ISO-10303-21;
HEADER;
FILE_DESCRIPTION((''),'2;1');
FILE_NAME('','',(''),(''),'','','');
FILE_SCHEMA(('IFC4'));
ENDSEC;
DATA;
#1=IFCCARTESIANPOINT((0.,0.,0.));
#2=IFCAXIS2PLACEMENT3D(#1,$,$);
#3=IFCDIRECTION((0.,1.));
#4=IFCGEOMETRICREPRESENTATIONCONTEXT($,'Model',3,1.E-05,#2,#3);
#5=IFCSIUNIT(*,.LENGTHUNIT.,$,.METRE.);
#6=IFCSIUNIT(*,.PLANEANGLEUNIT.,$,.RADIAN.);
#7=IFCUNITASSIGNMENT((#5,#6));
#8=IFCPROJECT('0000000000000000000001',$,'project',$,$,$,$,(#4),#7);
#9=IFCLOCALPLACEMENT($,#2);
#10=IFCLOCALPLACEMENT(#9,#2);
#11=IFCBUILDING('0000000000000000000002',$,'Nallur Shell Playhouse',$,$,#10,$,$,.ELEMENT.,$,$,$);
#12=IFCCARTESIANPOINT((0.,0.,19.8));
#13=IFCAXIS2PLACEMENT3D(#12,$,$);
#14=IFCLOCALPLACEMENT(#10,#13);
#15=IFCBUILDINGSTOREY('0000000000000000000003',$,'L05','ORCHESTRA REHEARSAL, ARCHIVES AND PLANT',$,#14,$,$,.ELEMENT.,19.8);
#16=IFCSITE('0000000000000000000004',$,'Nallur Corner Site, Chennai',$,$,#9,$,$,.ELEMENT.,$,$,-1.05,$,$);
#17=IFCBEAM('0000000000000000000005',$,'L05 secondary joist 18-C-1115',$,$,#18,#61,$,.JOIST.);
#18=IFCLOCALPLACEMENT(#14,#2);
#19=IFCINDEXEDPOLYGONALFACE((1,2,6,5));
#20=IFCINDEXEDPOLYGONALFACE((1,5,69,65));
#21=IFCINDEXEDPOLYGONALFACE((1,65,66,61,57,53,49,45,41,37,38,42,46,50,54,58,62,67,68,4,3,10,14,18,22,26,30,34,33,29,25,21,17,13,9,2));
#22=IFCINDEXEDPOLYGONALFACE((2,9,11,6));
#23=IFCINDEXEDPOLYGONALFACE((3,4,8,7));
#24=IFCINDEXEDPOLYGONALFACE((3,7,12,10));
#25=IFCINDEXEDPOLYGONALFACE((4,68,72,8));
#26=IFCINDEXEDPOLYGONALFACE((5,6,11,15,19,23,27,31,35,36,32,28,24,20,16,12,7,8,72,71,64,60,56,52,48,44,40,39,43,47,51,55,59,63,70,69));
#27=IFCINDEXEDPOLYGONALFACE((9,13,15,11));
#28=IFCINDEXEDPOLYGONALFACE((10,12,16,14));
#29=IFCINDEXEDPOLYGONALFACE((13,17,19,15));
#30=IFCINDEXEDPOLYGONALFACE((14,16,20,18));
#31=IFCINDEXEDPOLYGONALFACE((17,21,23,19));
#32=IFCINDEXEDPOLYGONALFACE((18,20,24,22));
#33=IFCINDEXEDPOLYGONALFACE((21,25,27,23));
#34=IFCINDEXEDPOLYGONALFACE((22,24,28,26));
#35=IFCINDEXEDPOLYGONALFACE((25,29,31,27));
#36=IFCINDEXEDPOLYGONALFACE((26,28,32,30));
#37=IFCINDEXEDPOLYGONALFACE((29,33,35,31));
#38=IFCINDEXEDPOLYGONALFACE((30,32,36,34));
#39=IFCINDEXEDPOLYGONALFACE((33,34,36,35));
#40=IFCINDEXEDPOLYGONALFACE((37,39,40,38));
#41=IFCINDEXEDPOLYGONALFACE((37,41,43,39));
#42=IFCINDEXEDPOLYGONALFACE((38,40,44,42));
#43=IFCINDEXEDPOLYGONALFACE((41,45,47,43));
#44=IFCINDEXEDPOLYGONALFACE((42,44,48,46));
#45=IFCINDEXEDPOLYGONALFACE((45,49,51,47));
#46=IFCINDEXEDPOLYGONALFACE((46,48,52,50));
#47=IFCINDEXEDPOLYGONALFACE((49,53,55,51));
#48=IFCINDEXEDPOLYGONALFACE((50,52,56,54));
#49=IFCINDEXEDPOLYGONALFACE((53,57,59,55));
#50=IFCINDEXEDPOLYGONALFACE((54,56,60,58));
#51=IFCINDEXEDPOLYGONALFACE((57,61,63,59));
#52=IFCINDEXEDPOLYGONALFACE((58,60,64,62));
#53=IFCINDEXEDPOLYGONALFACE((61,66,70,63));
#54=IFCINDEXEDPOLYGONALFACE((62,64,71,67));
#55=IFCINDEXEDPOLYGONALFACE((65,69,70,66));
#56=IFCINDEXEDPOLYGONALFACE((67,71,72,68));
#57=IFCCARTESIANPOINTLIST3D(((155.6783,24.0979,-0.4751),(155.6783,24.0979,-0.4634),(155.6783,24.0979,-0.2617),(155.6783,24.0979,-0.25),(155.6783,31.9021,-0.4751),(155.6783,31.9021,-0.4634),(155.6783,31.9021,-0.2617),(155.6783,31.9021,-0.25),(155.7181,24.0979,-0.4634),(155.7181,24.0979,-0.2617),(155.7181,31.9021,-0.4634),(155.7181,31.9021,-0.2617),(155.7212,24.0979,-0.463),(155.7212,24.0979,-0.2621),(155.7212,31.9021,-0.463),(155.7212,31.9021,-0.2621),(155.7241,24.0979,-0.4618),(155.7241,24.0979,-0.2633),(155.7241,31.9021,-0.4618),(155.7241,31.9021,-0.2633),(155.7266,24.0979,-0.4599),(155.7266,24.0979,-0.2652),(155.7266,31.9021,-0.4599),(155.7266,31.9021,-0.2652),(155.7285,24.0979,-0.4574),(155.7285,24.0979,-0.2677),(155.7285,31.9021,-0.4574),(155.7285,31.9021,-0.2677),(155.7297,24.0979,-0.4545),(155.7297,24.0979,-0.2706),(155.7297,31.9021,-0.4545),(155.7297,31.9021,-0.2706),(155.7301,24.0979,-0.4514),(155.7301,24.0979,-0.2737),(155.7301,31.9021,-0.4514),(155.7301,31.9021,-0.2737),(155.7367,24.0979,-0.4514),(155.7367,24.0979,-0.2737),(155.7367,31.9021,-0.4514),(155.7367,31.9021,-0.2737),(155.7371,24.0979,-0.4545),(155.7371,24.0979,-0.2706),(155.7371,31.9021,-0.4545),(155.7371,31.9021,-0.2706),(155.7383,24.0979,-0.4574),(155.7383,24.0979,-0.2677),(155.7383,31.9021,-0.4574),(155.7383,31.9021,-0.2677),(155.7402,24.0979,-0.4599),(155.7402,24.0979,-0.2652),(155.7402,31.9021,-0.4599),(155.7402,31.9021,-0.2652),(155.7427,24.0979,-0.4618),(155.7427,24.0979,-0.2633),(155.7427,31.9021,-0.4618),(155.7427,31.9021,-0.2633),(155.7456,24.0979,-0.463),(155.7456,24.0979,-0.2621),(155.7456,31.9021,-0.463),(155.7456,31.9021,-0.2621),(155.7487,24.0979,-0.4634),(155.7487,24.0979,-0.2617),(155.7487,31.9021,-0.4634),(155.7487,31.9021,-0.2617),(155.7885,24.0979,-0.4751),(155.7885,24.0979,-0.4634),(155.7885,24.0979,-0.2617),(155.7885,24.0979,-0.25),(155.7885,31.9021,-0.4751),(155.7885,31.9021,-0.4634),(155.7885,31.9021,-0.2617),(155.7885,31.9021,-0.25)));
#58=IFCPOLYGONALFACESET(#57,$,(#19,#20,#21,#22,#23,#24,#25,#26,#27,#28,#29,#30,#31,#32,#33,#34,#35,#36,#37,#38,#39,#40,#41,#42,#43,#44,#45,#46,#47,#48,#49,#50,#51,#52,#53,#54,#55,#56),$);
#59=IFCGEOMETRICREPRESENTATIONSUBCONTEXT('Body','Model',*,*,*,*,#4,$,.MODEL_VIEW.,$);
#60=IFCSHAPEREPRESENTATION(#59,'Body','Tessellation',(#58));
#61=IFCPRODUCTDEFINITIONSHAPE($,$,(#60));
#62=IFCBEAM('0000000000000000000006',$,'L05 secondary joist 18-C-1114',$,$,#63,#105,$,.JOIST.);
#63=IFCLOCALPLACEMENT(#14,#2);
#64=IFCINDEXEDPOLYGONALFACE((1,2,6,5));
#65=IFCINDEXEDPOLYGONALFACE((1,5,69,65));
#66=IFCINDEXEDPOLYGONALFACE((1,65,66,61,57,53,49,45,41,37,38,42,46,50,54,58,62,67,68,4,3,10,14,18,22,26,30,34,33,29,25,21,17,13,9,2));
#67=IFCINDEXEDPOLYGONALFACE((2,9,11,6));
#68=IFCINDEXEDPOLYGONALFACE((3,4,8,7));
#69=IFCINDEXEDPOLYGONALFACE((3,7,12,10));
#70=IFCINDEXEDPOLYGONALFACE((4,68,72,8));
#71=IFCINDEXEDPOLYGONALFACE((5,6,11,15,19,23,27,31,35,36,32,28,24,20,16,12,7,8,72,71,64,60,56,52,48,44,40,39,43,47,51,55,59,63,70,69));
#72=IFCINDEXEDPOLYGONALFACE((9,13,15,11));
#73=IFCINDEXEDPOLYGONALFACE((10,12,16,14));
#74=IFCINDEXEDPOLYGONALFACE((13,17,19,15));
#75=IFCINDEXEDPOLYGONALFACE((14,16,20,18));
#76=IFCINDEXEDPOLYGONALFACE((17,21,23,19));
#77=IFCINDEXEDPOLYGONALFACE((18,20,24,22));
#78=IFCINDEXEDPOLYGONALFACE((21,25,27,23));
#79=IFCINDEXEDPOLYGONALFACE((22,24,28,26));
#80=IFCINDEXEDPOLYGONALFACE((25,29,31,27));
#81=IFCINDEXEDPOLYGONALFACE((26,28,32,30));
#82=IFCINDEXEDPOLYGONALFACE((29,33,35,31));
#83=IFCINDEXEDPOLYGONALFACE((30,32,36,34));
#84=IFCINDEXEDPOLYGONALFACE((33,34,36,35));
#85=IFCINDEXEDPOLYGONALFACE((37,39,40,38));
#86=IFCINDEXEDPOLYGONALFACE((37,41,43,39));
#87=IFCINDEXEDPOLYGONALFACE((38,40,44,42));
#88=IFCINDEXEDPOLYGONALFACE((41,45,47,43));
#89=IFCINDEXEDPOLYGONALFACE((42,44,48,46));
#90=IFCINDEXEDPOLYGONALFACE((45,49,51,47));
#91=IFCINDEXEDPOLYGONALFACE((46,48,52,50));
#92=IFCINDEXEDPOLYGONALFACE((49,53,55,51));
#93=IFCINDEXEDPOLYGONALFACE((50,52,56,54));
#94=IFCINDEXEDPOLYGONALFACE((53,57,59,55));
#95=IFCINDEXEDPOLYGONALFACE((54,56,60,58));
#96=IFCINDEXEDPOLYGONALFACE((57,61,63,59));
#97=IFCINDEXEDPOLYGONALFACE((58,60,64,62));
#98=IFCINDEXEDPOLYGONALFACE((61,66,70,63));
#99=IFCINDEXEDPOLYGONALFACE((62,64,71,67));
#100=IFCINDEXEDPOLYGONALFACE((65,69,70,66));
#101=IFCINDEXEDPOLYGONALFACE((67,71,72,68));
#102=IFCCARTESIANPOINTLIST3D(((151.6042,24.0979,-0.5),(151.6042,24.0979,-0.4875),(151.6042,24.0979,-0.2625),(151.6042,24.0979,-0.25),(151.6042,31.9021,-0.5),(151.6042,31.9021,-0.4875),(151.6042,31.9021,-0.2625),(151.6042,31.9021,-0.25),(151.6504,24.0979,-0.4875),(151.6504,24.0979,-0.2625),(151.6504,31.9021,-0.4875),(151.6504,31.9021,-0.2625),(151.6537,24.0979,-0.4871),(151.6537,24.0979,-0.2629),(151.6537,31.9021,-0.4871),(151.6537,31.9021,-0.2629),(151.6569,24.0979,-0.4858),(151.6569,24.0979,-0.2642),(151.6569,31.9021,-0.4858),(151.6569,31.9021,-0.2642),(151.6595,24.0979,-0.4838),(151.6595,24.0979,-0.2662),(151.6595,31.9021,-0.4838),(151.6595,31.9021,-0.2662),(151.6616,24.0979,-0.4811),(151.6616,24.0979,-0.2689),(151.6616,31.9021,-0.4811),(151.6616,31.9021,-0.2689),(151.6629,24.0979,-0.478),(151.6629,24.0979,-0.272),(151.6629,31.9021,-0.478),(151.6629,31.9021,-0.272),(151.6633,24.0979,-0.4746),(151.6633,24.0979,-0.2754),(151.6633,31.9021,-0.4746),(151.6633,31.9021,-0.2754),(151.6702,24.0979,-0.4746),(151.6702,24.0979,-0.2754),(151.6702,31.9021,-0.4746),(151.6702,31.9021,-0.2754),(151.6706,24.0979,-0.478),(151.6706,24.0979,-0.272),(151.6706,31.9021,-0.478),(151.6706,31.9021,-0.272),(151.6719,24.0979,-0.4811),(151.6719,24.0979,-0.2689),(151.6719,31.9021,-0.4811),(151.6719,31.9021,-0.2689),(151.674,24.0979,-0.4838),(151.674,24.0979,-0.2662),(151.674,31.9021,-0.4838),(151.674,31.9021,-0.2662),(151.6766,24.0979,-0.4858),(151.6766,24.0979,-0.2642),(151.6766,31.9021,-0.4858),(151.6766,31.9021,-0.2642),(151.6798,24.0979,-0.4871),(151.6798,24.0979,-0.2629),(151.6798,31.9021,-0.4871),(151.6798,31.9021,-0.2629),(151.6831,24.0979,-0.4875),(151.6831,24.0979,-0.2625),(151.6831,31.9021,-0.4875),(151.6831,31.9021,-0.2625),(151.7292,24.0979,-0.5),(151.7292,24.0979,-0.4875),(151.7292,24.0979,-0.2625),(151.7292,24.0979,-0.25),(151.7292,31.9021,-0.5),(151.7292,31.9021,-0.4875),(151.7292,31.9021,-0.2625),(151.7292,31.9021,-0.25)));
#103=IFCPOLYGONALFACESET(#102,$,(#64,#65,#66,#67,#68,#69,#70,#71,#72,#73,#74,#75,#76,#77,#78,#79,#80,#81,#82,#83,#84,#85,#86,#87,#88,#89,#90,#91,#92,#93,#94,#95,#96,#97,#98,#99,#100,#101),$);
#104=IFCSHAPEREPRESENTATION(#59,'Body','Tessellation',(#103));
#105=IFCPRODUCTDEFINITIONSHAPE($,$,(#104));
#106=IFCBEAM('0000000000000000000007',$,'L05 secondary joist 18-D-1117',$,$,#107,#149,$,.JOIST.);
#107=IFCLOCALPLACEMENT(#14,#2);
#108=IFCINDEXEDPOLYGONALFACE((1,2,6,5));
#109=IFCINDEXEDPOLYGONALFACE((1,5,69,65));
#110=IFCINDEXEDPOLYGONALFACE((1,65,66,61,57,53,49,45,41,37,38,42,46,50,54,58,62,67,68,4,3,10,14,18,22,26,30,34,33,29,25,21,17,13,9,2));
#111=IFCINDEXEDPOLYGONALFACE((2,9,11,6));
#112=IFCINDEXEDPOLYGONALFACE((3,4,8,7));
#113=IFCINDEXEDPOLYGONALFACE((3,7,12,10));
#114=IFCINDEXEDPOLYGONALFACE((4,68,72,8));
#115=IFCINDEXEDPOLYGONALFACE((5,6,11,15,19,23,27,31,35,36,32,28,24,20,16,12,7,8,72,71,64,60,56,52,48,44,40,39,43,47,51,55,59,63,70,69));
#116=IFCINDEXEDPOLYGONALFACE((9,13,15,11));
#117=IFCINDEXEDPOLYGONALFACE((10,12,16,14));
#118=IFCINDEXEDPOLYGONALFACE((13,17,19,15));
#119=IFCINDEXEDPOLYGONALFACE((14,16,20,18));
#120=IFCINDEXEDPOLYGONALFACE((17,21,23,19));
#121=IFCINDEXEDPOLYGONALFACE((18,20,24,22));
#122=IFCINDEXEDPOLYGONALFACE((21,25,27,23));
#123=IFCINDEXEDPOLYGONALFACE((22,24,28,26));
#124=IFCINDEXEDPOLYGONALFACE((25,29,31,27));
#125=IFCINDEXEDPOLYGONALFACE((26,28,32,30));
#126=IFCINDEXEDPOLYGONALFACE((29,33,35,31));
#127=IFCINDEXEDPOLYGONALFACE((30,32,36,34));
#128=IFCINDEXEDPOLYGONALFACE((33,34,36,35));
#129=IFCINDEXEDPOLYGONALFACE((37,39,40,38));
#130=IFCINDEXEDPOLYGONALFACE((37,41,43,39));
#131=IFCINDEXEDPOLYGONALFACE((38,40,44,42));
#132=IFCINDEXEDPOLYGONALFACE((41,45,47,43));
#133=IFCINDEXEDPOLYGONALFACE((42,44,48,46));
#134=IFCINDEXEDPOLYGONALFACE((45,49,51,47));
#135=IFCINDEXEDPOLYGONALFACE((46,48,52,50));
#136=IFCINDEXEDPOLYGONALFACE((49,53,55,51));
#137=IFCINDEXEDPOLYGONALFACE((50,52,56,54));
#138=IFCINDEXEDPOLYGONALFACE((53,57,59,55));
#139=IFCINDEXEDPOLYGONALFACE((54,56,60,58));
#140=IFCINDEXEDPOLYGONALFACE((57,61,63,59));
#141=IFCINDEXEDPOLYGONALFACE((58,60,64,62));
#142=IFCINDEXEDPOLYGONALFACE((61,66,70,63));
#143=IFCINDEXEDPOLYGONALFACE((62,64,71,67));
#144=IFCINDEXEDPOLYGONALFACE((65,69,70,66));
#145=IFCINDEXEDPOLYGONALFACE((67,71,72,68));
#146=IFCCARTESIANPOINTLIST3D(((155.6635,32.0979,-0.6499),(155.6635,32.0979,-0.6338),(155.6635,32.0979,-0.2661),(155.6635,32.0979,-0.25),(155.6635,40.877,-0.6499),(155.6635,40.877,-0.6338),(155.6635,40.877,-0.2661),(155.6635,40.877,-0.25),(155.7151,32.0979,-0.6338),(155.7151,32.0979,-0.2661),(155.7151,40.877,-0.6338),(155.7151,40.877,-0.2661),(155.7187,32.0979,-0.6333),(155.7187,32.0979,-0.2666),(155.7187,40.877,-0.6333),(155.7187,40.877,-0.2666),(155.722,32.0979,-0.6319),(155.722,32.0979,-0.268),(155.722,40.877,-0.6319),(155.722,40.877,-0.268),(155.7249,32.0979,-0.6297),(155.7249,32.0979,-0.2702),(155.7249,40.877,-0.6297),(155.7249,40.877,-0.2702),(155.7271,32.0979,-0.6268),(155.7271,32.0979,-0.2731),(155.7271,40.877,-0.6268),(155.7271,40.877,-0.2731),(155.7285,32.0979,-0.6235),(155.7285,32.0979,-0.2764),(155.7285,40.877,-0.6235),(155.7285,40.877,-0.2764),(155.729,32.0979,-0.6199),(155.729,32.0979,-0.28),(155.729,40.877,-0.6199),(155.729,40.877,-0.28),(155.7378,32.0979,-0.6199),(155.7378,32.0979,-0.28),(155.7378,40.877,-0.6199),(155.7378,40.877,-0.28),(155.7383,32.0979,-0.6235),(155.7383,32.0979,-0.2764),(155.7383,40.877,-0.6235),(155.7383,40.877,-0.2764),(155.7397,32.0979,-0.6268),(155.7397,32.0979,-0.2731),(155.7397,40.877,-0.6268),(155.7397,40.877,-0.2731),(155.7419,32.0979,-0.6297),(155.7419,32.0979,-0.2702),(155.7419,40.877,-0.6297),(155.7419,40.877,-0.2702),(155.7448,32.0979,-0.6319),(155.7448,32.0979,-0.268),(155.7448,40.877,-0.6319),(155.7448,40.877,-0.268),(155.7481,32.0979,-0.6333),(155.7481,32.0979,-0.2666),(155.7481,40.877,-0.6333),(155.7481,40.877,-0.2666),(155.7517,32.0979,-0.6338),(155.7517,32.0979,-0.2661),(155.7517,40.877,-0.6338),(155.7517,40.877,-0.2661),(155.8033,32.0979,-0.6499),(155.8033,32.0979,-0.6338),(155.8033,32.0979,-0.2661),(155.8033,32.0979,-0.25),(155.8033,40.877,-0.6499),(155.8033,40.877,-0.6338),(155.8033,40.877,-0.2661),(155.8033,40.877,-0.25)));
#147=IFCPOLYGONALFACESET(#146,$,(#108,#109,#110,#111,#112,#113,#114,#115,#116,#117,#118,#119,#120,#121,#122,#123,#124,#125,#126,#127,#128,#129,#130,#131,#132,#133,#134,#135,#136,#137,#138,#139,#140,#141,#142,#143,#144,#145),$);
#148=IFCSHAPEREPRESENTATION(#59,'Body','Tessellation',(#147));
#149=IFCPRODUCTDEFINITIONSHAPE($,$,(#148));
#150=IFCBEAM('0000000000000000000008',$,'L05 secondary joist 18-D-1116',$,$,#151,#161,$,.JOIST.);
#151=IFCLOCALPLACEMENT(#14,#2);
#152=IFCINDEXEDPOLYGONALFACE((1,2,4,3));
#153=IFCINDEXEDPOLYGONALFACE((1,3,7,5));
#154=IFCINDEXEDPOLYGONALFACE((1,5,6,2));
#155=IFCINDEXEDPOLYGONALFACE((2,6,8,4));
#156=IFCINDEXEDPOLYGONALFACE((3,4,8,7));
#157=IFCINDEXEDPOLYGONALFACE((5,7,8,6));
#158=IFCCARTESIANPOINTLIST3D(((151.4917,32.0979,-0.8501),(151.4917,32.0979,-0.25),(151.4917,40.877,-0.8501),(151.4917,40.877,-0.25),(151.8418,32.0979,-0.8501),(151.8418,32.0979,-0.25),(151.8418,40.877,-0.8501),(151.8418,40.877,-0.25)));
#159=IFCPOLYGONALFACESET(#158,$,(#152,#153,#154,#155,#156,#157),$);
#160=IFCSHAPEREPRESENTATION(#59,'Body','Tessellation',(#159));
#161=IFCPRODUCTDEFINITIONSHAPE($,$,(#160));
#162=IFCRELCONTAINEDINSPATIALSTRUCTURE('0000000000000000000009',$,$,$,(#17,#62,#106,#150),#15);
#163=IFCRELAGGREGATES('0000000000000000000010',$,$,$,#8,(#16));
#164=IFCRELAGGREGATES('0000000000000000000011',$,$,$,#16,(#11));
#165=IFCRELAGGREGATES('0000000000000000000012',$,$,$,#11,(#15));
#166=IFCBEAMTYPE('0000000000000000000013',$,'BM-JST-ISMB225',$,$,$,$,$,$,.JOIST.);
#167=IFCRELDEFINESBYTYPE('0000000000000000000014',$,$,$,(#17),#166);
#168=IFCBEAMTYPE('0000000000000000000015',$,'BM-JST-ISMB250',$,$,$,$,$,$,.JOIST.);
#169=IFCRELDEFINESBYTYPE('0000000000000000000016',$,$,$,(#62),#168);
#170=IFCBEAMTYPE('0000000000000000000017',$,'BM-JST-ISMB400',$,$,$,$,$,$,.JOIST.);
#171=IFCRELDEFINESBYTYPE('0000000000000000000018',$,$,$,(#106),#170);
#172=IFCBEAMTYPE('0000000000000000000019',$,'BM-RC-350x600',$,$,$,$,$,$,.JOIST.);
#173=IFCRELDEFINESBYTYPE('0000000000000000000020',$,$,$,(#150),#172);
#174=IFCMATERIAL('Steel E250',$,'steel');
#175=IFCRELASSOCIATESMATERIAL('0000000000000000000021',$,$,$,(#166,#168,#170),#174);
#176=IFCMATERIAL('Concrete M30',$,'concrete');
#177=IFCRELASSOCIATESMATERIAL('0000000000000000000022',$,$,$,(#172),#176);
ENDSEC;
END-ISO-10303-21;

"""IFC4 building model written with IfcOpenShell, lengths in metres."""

from ifc_helpers import new_model, si_unit, direction, frame, origin, origin_2d, place, context, subcontext, project, spatial, rectangle, i_section, extrude, material, material_profile, profile_set, type_object, element, save


model = new_model("IFC4")

# Units and contexts
model_context = context("Model", 3, precision=1e-05, world=origin(), true_north=direction((0.0, 1.0)))
body_context = subcontext(model_context, "Body", "Model", "MODEL_VIEW")
ifc_project = project(units=[si_unit("LENGTHUNIT", "METRE"), si_unit("PLANEANGLEUNIT", "RADIAN")], contexts=[model_context])

# Site, building, storey
site_placement = place(None, origin())
site = spatial("IfcSite", under=ifc_project, at=site_placement, Name="Nallur Corner Site, Chennai", CompositionType="ELEMENT", RefElevation=-1.05)
building_placement = place(site_placement, origin())
building = spatial("IfcBuilding", under=site, at=building_placement, Name="Nallur Shell Playhouse", CompositionType="ELEMENT")
storey_placement = place(building_placement, frame((0.0, 0.0, 19.8)))
storey = spatial("IfcBuildingStorey", under=building, at=storey_placement, Name="L05", Description="ORCHESTRA REHEARSAL, ARCHIVES AND PLANT", CompositionType="ELEMENT", Elevation=19.8)

# Beams
ifc_material_1 = material(Name="Steel E250", Category="steel")
ifc_material_profile_1 = material_profile(ifc_material_1, i_section(OverallWidth=0.1101, OverallDepth=0.2251, WebThickness=0.0066, FlangeThickness=0.0117, FilletRadius=0.012, at=origin_2d()), Name="ISMB 225")
ifc_profile_set_1 = profile_set([ifc_material_profile_1], Name="Steel E250")
beam_type_1 = type_object("IfcBeamType", Name="BM-JST-ISMB225", PredefinedType="JOIST", material=ifc_profile_set_1)
beam_1_placement = place(storey_placement, frame((155.7334, 24.0979, -0.3625), z_axis=(0.0, 1.0, 0.0), x_axis=(-1.0, 0.0, 0.0)))
element("IfcBeam", 1, at=beam_1_placement, inside=storey, type_object=beam_type_1, Name="L05 secondary joist 18-C-1115", PredefinedType="JOIST", context=body_context, shape_type="SweptSolid", body=[
    extrude(i_section(OverallWidth=0.1101, OverallDepth=0.2251, WebThickness=0.0066, FlangeThickness=0.0117, FilletRadius=0.012, at=origin_2d()), origin(), (0.0, 0.0, 1.0), 7.8042),
])
ifc_material_profile_2 = material_profile(ifc_material_1, i_section(OverallWidth=0.125, OverallDepth=0.25, WebThickness=0.0068, FlangeThickness=0.0125, FilletRadius=0.0129, at=origin_2d()), Name="ISMB 250")
ifc_profile_set_2 = profile_set([ifc_material_profile_2], Name="Steel E250")
beam_type_2 = type_object("IfcBeamType", Name="BM-JST-ISMB250", PredefinedType="JOIST", material=ifc_profile_set_2)
beam_2_placement = place(storey_placement, frame((151.6667, 24.0979, -0.375), z_axis=(0.0, 1.0, 0.0), x_axis=(-1.0, 0.0, 0.0)))
element("IfcBeam", 2, at=beam_2_placement, inside=storey, type_object=beam_type_2, Name="L05 secondary joist 18-C-1114", PredefinedType="JOIST", context=body_context, shape_type="SweptSolid", body=[
    extrude(i_section(OverallWidth=0.125, OverallDepth=0.25, WebThickness=0.0068, FlangeThickness=0.0125, FilletRadius=0.0129, at=origin_2d()), origin(), (0.0, 0.0, 1.0), 7.8042),
])
ifc_material_profile_3 = material_profile(ifc_material_1, i_section(OverallWidth=0.1399, OverallDepth=0.3999, WebThickness=0.0088, FlangeThickness=0.0161, FilletRadius=0.0139, at=origin_2d()), Name="ISMB 400")
ifc_profile_set_3 = profile_set([ifc_material_profile_3], Name="Steel E250")
beam_type_3 = type_object("IfcBeamType", Name="BM-JST-ISMB400", PredefinedType="JOIST", material=ifc_profile_set_3)
beam_3_placement = place(storey_placement, frame((155.7334, 32.0979, -0.45), z_axis=(0.0, 1.0, 0.0), x_axis=(-1.0, 0.0, 0.0)))
element("IfcBeam", 3, at=beam_3_placement, inside=storey, type_object=beam_type_3, Name="L05 secondary joist 18-D-1117", PredefinedType="JOIST", context=body_context, shape_type="SweptSolid", body=[
    extrude(i_section(OverallWidth=0.1399, OverallDepth=0.3999, WebThickness=0.0088, FlangeThickness=0.0161, FilletRadius=0.0139, at=origin_2d()), origin(), (0.0, 0.0, 1.0), 8.7791),
])
ifc_material_2 = material(Name="Concrete M30", Category="concrete")
ifc_material_profile_4 = material_profile(ifc_material_2, rectangle(XDim=0.3501, YDim=0.6001, at=origin_2d()), Name="RC 350x600")
ifc_profile_set_4 = profile_set([ifc_material_profile_4], Name="Concrete M30")
beam_type_4 = type_object("IfcBeamType", Name="BM-RC-350x600", PredefinedType="JOIST", material=ifc_profile_set_4)
beam_4_placement = place(storey_placement, frame((151.6667, 32.0979, -0.55), z_axis=(0.0, 1.0, 0.0), x_axis=(-1.0, 0.0, 0.0)))
element("IfcBeam", 4, at=beam_4_placement, inside=storey, type_object=beam_type_4, Name="L05 secondary joist 18-D-1116", PredefinedType="JOIST", context=body_context, shape_type="SweptSolid", body=[
    extrude(rectangle(XDim=0.3501, YDim=0.6001, at=origin_2d()), origin(), (0.0, 0.0, 1.0), 8.7791),
])

save(model, "model.ifc")
